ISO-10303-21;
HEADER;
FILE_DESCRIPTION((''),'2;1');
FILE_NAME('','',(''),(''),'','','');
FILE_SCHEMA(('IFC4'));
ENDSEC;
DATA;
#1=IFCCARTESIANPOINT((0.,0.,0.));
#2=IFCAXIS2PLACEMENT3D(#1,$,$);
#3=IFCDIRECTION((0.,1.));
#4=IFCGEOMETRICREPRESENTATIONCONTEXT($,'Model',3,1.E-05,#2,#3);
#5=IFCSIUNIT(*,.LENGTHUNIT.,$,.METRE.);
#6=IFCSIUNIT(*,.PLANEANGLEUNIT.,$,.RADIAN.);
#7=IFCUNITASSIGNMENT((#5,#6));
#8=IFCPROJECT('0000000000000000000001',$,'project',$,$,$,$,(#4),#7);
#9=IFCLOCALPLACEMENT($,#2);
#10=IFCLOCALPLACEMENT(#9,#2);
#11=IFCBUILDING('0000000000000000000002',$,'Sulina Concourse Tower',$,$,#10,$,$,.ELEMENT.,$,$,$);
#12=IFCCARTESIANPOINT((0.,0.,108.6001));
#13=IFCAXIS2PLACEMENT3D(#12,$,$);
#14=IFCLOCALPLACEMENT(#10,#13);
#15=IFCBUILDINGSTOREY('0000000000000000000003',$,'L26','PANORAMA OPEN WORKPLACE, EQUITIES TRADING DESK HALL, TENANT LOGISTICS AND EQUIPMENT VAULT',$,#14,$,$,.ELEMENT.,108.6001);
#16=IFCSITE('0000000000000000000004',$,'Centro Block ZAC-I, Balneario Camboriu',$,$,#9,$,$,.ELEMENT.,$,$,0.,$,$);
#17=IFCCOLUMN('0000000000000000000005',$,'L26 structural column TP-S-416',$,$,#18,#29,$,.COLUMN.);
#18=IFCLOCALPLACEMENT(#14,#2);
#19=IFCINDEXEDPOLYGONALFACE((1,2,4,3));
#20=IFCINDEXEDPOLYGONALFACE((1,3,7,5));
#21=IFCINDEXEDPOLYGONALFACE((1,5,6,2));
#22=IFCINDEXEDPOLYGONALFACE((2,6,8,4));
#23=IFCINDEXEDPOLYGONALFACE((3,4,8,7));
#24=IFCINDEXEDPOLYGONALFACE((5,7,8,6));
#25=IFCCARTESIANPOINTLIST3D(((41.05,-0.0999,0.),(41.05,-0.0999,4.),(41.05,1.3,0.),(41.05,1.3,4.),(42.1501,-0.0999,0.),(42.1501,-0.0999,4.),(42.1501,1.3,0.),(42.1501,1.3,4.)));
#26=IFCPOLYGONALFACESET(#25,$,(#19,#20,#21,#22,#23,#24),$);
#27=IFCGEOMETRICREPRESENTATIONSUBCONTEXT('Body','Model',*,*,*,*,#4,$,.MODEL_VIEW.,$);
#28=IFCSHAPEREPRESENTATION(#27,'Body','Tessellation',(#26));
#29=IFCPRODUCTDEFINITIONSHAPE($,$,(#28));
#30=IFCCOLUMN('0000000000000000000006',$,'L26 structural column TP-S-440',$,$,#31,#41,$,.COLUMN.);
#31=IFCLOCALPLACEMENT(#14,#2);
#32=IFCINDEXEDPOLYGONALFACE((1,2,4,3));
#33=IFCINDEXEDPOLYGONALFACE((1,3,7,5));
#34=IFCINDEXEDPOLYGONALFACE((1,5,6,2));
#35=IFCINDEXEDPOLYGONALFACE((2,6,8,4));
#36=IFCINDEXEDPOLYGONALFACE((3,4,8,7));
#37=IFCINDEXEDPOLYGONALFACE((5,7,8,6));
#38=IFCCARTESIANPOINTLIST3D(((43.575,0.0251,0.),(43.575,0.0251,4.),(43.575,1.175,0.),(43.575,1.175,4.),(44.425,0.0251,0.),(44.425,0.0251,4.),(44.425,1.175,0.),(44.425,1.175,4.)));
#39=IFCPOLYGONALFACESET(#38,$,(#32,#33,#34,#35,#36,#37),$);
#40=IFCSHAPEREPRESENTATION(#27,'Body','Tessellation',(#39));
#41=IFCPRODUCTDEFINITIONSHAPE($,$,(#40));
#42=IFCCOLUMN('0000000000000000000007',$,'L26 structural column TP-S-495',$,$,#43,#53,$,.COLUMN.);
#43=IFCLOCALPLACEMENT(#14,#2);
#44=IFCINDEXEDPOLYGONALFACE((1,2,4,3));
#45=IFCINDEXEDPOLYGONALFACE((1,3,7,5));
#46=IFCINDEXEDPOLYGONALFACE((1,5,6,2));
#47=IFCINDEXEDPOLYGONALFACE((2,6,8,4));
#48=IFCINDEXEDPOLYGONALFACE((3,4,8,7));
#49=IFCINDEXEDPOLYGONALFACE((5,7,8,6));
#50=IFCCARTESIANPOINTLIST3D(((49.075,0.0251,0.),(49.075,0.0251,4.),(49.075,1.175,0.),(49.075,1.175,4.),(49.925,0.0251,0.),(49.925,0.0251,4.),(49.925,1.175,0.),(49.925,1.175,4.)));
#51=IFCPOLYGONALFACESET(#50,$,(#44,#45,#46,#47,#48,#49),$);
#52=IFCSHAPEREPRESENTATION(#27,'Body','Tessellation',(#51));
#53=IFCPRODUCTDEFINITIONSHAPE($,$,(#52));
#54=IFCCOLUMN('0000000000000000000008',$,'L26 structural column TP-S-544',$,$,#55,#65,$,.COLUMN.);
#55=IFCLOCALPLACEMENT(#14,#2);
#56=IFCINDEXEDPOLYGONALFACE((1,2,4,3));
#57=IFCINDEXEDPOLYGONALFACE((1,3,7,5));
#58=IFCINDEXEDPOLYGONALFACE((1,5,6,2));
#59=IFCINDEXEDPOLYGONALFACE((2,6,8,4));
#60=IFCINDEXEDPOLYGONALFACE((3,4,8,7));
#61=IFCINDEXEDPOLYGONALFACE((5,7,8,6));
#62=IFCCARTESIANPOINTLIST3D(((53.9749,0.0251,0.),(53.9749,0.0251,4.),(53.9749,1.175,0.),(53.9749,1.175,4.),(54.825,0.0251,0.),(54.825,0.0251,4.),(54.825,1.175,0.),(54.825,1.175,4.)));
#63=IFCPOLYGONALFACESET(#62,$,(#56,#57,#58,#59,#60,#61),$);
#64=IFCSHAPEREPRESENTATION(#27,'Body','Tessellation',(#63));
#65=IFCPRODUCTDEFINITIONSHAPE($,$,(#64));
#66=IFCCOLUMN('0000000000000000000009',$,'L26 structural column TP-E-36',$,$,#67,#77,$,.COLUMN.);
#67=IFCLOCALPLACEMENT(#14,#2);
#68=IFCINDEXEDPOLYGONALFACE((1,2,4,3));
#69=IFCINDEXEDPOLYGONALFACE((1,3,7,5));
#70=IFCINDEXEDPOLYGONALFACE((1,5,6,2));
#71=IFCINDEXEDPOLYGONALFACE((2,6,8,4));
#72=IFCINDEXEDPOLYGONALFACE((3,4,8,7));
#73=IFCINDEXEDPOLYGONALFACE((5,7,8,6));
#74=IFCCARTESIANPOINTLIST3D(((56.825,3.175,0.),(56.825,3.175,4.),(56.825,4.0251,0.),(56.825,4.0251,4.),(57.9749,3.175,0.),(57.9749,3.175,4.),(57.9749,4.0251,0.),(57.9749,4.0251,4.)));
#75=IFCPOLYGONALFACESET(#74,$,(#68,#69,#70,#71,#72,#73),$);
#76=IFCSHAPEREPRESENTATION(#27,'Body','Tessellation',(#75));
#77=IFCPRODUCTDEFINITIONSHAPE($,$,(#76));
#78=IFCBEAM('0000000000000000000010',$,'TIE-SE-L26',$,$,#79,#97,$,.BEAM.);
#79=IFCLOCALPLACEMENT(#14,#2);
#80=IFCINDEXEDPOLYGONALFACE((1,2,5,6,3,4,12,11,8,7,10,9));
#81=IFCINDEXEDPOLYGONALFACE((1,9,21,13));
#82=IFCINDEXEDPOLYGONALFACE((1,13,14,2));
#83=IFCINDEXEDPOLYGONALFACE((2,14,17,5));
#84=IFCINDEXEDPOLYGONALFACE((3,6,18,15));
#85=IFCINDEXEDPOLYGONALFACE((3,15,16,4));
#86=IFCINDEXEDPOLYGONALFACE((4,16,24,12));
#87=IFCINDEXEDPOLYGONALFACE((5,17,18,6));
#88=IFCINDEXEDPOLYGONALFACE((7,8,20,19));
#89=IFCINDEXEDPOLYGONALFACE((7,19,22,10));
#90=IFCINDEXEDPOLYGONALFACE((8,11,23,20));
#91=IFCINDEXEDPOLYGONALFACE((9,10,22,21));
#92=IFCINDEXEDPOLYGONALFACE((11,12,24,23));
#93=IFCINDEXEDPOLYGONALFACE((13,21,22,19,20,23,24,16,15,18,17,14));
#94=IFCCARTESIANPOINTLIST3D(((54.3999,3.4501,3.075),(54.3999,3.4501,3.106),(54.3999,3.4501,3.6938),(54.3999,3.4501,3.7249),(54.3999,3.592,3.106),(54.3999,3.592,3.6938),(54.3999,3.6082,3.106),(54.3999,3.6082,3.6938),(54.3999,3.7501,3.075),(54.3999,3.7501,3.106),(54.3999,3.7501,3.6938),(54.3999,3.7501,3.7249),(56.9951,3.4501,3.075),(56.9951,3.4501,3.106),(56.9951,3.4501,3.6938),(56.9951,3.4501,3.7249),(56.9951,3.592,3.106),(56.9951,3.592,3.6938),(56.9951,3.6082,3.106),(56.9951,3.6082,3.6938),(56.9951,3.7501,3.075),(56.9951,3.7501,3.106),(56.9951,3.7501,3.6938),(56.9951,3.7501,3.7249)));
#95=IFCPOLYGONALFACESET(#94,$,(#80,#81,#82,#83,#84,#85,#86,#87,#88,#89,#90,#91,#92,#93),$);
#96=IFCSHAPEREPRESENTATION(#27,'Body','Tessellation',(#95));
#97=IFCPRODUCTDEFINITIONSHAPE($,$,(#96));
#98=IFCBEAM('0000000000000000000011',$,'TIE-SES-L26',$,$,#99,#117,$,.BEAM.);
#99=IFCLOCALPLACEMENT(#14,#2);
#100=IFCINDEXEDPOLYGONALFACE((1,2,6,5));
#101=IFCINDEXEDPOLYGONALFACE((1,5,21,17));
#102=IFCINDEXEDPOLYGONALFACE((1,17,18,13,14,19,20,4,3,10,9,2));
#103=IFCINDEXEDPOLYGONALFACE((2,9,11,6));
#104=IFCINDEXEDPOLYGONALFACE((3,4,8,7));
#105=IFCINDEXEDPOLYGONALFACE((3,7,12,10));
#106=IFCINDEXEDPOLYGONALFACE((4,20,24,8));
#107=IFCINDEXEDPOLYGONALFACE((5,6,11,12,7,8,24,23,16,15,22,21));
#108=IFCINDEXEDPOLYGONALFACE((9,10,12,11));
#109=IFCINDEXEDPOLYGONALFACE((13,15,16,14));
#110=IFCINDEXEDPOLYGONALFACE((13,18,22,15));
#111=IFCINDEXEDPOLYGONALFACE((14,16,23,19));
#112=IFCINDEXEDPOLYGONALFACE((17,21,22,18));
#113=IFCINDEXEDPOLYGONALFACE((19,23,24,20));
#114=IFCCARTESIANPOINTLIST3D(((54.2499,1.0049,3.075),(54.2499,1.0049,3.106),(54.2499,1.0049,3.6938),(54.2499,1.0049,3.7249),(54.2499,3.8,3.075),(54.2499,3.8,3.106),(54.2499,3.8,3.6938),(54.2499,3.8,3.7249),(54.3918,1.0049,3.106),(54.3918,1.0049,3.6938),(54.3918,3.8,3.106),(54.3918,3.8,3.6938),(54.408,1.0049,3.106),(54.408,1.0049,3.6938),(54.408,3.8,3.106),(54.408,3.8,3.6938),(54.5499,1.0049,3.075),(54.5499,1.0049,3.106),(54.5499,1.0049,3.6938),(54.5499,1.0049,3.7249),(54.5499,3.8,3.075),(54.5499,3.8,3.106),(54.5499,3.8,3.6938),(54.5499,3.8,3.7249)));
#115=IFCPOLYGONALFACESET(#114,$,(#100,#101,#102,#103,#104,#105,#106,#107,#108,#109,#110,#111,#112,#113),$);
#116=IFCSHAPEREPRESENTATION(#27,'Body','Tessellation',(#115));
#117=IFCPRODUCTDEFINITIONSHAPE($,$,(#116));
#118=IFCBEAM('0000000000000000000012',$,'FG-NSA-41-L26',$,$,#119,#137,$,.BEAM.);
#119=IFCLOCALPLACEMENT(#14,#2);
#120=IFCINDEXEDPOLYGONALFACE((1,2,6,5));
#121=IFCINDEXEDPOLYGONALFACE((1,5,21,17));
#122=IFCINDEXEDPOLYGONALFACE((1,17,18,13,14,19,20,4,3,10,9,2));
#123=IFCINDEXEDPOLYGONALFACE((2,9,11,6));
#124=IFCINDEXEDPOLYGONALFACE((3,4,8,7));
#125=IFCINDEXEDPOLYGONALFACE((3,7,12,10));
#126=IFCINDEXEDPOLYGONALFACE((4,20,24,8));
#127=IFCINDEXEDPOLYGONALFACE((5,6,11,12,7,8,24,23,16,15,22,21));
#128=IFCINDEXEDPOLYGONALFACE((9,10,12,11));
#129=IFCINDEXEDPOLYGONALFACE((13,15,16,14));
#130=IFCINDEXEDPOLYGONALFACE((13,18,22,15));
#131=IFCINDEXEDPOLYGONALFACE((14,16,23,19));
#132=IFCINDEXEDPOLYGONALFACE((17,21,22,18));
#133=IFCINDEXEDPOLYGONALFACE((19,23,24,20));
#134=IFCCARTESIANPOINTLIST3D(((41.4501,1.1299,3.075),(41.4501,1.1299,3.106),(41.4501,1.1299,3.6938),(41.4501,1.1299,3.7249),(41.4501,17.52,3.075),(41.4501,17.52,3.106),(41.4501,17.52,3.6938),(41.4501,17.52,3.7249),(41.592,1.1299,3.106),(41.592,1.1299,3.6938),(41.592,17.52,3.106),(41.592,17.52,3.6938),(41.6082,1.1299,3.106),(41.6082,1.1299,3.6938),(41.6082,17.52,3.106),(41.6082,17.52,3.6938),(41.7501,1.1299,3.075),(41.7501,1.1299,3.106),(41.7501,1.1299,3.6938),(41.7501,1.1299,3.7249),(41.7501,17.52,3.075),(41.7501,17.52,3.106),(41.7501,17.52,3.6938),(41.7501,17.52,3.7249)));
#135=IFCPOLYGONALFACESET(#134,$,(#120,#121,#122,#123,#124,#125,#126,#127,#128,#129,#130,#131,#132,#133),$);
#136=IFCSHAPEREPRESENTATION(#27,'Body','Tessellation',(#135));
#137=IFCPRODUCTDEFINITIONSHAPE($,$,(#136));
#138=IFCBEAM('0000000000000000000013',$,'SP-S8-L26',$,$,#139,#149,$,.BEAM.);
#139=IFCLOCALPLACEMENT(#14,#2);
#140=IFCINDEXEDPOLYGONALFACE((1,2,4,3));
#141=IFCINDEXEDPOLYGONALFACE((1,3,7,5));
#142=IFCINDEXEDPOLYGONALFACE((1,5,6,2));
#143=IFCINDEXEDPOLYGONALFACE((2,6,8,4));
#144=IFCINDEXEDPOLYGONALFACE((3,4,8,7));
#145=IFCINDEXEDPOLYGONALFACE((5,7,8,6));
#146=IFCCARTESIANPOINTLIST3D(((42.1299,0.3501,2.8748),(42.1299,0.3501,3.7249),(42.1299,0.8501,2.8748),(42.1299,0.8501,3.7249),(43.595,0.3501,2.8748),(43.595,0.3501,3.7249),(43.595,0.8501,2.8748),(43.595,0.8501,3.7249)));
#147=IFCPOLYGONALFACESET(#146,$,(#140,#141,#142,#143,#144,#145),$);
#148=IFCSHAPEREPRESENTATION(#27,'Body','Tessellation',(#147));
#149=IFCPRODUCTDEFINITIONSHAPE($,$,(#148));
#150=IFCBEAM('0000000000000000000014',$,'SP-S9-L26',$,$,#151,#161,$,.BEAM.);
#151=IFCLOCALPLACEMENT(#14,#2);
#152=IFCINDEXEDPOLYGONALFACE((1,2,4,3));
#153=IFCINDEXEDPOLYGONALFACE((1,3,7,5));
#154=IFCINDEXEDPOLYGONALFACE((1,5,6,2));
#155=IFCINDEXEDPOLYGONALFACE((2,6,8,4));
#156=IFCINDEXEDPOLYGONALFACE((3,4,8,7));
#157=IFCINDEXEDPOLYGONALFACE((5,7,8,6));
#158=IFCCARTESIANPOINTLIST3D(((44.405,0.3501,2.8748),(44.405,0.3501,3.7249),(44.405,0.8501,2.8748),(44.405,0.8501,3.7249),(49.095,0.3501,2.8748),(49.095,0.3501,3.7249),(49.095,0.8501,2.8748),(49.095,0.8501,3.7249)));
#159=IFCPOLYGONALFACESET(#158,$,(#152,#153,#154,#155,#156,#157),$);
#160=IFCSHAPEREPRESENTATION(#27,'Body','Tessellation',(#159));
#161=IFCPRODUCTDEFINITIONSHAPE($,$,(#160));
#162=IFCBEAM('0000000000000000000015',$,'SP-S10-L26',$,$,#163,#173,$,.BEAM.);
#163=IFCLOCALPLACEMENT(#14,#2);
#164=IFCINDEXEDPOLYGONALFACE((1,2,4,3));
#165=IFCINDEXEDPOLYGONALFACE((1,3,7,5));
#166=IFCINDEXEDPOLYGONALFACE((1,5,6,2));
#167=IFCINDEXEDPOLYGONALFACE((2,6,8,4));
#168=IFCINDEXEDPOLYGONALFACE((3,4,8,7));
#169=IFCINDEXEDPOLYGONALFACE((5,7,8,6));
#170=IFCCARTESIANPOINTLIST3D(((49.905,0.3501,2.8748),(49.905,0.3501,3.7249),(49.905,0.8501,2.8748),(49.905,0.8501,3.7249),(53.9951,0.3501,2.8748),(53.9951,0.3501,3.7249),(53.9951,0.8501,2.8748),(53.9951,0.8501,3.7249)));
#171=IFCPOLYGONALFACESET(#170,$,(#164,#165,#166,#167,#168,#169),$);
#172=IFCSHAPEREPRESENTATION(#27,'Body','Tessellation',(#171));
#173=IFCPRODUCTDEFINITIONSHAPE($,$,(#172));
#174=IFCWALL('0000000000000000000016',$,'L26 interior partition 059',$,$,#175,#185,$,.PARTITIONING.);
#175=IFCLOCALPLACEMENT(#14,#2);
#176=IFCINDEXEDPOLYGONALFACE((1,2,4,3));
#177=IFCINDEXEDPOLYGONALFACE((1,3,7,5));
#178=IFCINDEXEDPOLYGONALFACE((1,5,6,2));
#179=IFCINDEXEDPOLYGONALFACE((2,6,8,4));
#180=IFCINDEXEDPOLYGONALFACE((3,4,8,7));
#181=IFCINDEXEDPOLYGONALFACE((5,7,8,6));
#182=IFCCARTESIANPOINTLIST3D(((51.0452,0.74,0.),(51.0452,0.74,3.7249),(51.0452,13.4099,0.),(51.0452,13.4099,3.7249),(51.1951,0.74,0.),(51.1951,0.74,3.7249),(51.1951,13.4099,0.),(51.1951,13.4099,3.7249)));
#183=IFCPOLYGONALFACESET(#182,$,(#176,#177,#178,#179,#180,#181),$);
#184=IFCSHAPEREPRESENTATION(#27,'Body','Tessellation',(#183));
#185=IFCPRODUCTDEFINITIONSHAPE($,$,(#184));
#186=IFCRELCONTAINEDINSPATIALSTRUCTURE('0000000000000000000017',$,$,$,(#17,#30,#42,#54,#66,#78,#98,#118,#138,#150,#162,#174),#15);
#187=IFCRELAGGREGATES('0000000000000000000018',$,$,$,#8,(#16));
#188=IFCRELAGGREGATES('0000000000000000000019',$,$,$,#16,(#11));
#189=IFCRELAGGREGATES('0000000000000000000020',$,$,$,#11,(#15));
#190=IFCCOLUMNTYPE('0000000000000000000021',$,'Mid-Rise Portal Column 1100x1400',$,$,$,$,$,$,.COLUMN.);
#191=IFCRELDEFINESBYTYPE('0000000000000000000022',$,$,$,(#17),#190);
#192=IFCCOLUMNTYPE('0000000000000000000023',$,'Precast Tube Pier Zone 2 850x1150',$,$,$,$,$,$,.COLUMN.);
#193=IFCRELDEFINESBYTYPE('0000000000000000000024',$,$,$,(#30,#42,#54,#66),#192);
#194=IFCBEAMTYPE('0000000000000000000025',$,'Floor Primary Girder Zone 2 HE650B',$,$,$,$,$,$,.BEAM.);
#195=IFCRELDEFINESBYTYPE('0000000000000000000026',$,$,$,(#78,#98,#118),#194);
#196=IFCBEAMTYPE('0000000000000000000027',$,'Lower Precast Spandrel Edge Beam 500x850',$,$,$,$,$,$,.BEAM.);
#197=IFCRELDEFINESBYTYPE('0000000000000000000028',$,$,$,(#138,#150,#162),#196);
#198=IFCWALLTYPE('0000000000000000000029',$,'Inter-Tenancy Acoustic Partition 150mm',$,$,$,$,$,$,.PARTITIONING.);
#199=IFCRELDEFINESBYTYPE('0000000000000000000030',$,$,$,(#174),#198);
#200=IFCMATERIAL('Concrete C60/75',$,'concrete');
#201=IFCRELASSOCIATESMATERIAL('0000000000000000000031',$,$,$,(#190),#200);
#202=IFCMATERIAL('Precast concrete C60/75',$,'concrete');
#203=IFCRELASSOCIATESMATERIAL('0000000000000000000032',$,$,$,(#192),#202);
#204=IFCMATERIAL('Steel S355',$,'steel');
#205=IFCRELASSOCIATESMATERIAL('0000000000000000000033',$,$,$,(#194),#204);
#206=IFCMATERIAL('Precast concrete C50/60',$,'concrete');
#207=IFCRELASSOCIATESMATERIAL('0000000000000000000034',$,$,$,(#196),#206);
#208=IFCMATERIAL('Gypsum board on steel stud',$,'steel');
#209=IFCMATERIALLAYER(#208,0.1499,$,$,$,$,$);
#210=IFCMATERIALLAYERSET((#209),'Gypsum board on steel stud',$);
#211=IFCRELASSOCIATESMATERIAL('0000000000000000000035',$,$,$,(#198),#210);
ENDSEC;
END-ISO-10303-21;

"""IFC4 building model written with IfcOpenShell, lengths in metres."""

from ifc_helpers import new_model, si_unit, direction, frame, frame_2d, origin, origin_2d, place, context, subcontext, project, spatial, rectangle, i_section, extrude, material, layer, layer_set, material_profile, profile_set, type_object, element, save


model = new_model("IFC4")

# Units and contexts
model_context = context("Model", 3, precision=1e-05, world=origin(), true_north=direction((0.0, 1.0)))
body_context = subcontext(model_context, "Body", "Model", "MODEL_VIEW")
ifc_project = project(units=[si_unit("LENGTHUNIT", "METRE"), si_unit("PLANEANGLEUNIT", "RADIAN")], contexts=[model_context])

# Site, building, storey
site_placement = place(None, origin())
site = spatial("IfcSite", under=ifc_project, at=site_placement, Name="Centro Block ZAC-I, Balneario Camboriu", CompositionType="ELEMENT", RefElevation=0.0)
building_placement = place(site_placement, origin())
building = spatial("IfcBuilding", under=site, at=building_placement, Name="Sulina Concourse Tower", CompositionType="ELEMENT")
storey_placement = place(building_placement, frame((0.0, 0.0, 108.6001)))
storey = spatial("IfcBuildingStorey", under=building, at=storey_placement, Name="L26", Description="PANORAMA OPEN WORKPLACE, EQUITIES TRADING DESK HALL, TENANT LOGISTICS AND EQUIPMENT VAULT", CompositionType="ELEMENT", Elevation=108.6001)

# Columns
ifc_material_1 = material(Name="Concrete C60/75", Category="concrete")
ifc_material_profile_1 = material_profile(ifc_material_1, rectangle(XDim=1.1001, YDim=1.3999, at=origin_2d()), Name="RC 1100x1400")
ifc_profile_set_1 = profile_set([ifc_material_profile_1], Name="Concrete C60/75")
column_type_1 = type_object("IfcColumnType", Name="Mid-Rise Portal Column 1100x1400", PredefinedType="COLUMN", material=ifc_profile_set_1)
column_placement = place(storey_placement, frame((41.6001, 0.6001, 0.0), z_axis=(0.0, 0.0, 1.0), x_axis=(1.0, 0.0, 0.0)))
element("IfcColumn", 1, at=column_placement, inside=storey, type_object=column_type_1, Name="L26 structural column TP-S-416", PredefinedType="COLUMN", context=body_context, shape_type="SweptSolid", body=[
    extrude(rectangle(XDim=1.1001, YDim=1.3999, at=origin_2d()), origin(), (0.0, 0.0, 1.0), 4.0),
])
ifc_material_2 = material(Name="Precast concrete C60/75", Category="concrete")
ifc_material_profile_2 = material_profile(ifc_material_2, rectangle(XDim=0.8501, YDim=1.1499, at=origin_2d()), Name="PC 850x1150")
ifc_profile_set_2 = profile_set([ifc_material_profile_2], Name="Precast concrete C60/75")
column_type_2 = type_object("IfcColumnType", Name="Precast Tube Pier Zone 2 850x1150", PredefinedType="COLUMN", material=ifc_profile_set_2)
for number, where, z_axis, x_axis, name in (
    (2, (44.0, 0.6001, 0.0), (0.0, 0.0, 1.0), (1.0, 0.0, 0.0), "L26 structural column TP-S-440"),
    (3, (49.5, 0.6001, 0.0), (0.0, 0.0, 1.0), (1.0, 0.0, 0.0), "L26 structural column TP-S-495"),
    (4, (54.3999, 0.6001, 0.0), (0.0, 0.0, 1.0), (1.0, 0.0, 0.0), "L26 structural column TP-S-544"),
    (5, (57.3999, 3.6001, 0.0), (0.0, 0.0, 1.0), (0.0, 1.0, 0.0), "L26 structural column TP-E-36"),
):
    element("IfcColumn", number, at=place(storey_placement, frame(where, z_axis=z_axis, x_axis=x_axis)), inside=storey, type_object=column_type_2, Name=name, PredefinedType="COLUMN", context=body_context, shape_type="SweptSolid", body=[
        extrude(rectangle(XDim=0.8501, YDim=1.1499, at=origin_2d()), origin(), (0.0, 0.0, 1.0), 4.0),
    ])

# Beams
ifc_material_3 = material(Name="Steel S355", Category="steel")
ifc_material_profile_3 = material_profile(ifc_material_3, i_section(OverallWidth=0.3, OverallDepth=0.6499, WebThickness=0.0161, FlangeThickness=0.031, at=origin_2d()), Name="HE 650 B")
ifc_profile_set_3 = profile_set([ifc_material_profile_3], Name="Steel S355")
beam_type_1 = type_object("IfcBeamType", Name="Floor Primary Girder Zone 2 HE650B", PredefinedType="BEAM", material=ifc_profile_set_3)
beam_1_placement = place(storey_placement, frame((54.3999, 3.6001, 3.3999), z_axis=(1.0, 0.0, 0.0), x_axis=(0.0, 1.0, 0.0)))
element("IfcBeam", 6, at=beam_1_placement, inside=storey, type_object=beam_type_1, Name="TIE-SE-L26", PredefinedType="BEAM", context=body_context, shape_type="SweptSolid", body=[
    extrude(i_section(OverallWidth=0.3, OverallDepth=0.6499, WebThickness=0.0161, FlangeThickness=0.031, at=origin_2d()), origin(), (0.0, 0.0, 1.0), 2.5952),
])
beam_2_placement = place(storey_placement, frame((54.3999, 1.0049, 3.3999), z_axis=(0.0, 1.0, 0.0), x_axis=(-1.0, 0.0, 0.0)))
element("IfcBeam", 7, at=beam_2_placement, inside=storey, type_object=beam_type_1, Name="TIE-SES-L26", PredefinedType="BEAM", context=body_context, shape_type="SweptSolid", body=[
    extrude(i_section(OverallWidth=0.3, OverallDepth=0.6499, WebThickness=0.0161, FlangeThickness=0.031, at=origin_2d()), origin(), (0.0, 0.0, 1.0), 2.7952),
])
beam_3_placement = place(storey_placement, frame((41.6001, 1.1299, 3.3999), z_axis=(0.0, 1.0, 0.0), x_axis=(-1.0, 0.0, 0.0)))
element("IfcBeam", 8, at=beam_3_placement, inside=storey, type_object=beam_type_1, Name="FG-NSA-41-L26", PredefinedType="BEAM", context=body_context, shape_type="SweptSolid", body=[
    extrude(i_section(OverallWidth=0.3, OverallDepth=0.6499, WebThickness=0.0161, FlangeThickness=0.031, at=origin_2d()), origin(), (0.0, 0.0, 1.0), 16.3901),
])
ifc_material_4 = material(Name="Precast concrete C50/60", Category="concrete")
ifc_material_profile_4 = material_profile(ifc_material_4, rectangle(XDim=0.5, YDim=0.8501, at=origin_2d()), Name="RC 500x850")
ifc_profile_set_4 = profile_set([ifc_material_profile_4], Name="Precast concrete C50/60")
beam_type_2 = type_object("IfcBeamType", Name="Lower Precast Spandrel Edge Beam 500x850", PredefinedType="BEAM", material=ifc_profile_set_4)
beam_4_placement = place(storey_placement, frame((42.1299, 0.6001, 3.2998), z_axis=(1.0, 0.0, 0.0), x_axis=(0.0, 1.0, 0.0)))
element("IfcBeam", 9, at=beam_4_placement, inside=storey, type_object=beam_type_2, Name="SP-S8-L26", PredefinedType="BEAM", context=body_context, shape_type="SweptSolid", body=[
    extrude(rectangle(XDim=0.5, YDim=0.8501, at=origin_2d()), origin(), (0.0, 0.0, 1.0), 1.4651),
])
beam_5_placement = place(storey_placement, frame((44.405, 0.6001, 3.2998), z_axis=(1.0, 0.0, 0.0), x_axis=(0.0, 1.0, 0.0)))
element("IfcBeam", 10, at=beam_5_placement, inside=storey, type_object=beam_type_2, Name="SP-S9-L26", PredefinedType="BEAM", context=body_context, shape_type="SweptSolid", body=[
    extrude(rectangle(XDim=0.5, YDim=0.8501, at=origin_2d()), origin(), (0.0, 0.0, 1.0), 4.6899),
])
beam_6_placement = place(storey_placement, frame((49.905, 0.6001, 3.2998), z_axis=(1.0, 0.0, 0.0), x_axis=(0.0, 1.0, 0.0)))
element("IfcBeam", 11, at=beam_6_placement, inside=storey, type_object=beam_type_2, Name="SP-S10-L26", PredefinedType="BEAM", context=body_context, shape_type="SweptSolid", body=[
    extrude(rectangle(XDim=0.5, YDim=0.8501, at=origin_2d()), origin(), (0.0, 0.0, 1.0), 4.0901),
])

# Wall
ifc_material_5 = material(Name="Gypsum board on steel stud", Category="steel")
ifc_layer_1 = layer(ifc_material_5, 0.1499)
ifc_layer_set_1 = layer_set([ifc_layer_1], Name="Gypsum board on steel stud")
wall_type_1 = type_object("IfcWallType", Name="Inter-Tenancy Acoustic Partition 150mm", PredefinedType="PARTITIONING", material=ifc_layer_set_1)
wall_1_placement = place(storey_placement, frame((51.1201, 0.74, 0.0), z_axis=(0.0, 0.0, 1.0), x_axis=(0.0, 1.0, 0.0)))
element("IfcWall", 12, at=wall_1_placement, inside=storey, type_object=wall_type_1, Name="L26 interior partition 059", PredefinedType="PARTITIONING", context=body_context, shape_type="SweptSolid", body=[
    extrude(rectangle(XDim=12.6699, YDim=0.1499, at=frame_2d((6.335, 0.0))), origin(), (0.0, 0.0, 1.0), 3.7249),
])

save(model, "model.ifc")
